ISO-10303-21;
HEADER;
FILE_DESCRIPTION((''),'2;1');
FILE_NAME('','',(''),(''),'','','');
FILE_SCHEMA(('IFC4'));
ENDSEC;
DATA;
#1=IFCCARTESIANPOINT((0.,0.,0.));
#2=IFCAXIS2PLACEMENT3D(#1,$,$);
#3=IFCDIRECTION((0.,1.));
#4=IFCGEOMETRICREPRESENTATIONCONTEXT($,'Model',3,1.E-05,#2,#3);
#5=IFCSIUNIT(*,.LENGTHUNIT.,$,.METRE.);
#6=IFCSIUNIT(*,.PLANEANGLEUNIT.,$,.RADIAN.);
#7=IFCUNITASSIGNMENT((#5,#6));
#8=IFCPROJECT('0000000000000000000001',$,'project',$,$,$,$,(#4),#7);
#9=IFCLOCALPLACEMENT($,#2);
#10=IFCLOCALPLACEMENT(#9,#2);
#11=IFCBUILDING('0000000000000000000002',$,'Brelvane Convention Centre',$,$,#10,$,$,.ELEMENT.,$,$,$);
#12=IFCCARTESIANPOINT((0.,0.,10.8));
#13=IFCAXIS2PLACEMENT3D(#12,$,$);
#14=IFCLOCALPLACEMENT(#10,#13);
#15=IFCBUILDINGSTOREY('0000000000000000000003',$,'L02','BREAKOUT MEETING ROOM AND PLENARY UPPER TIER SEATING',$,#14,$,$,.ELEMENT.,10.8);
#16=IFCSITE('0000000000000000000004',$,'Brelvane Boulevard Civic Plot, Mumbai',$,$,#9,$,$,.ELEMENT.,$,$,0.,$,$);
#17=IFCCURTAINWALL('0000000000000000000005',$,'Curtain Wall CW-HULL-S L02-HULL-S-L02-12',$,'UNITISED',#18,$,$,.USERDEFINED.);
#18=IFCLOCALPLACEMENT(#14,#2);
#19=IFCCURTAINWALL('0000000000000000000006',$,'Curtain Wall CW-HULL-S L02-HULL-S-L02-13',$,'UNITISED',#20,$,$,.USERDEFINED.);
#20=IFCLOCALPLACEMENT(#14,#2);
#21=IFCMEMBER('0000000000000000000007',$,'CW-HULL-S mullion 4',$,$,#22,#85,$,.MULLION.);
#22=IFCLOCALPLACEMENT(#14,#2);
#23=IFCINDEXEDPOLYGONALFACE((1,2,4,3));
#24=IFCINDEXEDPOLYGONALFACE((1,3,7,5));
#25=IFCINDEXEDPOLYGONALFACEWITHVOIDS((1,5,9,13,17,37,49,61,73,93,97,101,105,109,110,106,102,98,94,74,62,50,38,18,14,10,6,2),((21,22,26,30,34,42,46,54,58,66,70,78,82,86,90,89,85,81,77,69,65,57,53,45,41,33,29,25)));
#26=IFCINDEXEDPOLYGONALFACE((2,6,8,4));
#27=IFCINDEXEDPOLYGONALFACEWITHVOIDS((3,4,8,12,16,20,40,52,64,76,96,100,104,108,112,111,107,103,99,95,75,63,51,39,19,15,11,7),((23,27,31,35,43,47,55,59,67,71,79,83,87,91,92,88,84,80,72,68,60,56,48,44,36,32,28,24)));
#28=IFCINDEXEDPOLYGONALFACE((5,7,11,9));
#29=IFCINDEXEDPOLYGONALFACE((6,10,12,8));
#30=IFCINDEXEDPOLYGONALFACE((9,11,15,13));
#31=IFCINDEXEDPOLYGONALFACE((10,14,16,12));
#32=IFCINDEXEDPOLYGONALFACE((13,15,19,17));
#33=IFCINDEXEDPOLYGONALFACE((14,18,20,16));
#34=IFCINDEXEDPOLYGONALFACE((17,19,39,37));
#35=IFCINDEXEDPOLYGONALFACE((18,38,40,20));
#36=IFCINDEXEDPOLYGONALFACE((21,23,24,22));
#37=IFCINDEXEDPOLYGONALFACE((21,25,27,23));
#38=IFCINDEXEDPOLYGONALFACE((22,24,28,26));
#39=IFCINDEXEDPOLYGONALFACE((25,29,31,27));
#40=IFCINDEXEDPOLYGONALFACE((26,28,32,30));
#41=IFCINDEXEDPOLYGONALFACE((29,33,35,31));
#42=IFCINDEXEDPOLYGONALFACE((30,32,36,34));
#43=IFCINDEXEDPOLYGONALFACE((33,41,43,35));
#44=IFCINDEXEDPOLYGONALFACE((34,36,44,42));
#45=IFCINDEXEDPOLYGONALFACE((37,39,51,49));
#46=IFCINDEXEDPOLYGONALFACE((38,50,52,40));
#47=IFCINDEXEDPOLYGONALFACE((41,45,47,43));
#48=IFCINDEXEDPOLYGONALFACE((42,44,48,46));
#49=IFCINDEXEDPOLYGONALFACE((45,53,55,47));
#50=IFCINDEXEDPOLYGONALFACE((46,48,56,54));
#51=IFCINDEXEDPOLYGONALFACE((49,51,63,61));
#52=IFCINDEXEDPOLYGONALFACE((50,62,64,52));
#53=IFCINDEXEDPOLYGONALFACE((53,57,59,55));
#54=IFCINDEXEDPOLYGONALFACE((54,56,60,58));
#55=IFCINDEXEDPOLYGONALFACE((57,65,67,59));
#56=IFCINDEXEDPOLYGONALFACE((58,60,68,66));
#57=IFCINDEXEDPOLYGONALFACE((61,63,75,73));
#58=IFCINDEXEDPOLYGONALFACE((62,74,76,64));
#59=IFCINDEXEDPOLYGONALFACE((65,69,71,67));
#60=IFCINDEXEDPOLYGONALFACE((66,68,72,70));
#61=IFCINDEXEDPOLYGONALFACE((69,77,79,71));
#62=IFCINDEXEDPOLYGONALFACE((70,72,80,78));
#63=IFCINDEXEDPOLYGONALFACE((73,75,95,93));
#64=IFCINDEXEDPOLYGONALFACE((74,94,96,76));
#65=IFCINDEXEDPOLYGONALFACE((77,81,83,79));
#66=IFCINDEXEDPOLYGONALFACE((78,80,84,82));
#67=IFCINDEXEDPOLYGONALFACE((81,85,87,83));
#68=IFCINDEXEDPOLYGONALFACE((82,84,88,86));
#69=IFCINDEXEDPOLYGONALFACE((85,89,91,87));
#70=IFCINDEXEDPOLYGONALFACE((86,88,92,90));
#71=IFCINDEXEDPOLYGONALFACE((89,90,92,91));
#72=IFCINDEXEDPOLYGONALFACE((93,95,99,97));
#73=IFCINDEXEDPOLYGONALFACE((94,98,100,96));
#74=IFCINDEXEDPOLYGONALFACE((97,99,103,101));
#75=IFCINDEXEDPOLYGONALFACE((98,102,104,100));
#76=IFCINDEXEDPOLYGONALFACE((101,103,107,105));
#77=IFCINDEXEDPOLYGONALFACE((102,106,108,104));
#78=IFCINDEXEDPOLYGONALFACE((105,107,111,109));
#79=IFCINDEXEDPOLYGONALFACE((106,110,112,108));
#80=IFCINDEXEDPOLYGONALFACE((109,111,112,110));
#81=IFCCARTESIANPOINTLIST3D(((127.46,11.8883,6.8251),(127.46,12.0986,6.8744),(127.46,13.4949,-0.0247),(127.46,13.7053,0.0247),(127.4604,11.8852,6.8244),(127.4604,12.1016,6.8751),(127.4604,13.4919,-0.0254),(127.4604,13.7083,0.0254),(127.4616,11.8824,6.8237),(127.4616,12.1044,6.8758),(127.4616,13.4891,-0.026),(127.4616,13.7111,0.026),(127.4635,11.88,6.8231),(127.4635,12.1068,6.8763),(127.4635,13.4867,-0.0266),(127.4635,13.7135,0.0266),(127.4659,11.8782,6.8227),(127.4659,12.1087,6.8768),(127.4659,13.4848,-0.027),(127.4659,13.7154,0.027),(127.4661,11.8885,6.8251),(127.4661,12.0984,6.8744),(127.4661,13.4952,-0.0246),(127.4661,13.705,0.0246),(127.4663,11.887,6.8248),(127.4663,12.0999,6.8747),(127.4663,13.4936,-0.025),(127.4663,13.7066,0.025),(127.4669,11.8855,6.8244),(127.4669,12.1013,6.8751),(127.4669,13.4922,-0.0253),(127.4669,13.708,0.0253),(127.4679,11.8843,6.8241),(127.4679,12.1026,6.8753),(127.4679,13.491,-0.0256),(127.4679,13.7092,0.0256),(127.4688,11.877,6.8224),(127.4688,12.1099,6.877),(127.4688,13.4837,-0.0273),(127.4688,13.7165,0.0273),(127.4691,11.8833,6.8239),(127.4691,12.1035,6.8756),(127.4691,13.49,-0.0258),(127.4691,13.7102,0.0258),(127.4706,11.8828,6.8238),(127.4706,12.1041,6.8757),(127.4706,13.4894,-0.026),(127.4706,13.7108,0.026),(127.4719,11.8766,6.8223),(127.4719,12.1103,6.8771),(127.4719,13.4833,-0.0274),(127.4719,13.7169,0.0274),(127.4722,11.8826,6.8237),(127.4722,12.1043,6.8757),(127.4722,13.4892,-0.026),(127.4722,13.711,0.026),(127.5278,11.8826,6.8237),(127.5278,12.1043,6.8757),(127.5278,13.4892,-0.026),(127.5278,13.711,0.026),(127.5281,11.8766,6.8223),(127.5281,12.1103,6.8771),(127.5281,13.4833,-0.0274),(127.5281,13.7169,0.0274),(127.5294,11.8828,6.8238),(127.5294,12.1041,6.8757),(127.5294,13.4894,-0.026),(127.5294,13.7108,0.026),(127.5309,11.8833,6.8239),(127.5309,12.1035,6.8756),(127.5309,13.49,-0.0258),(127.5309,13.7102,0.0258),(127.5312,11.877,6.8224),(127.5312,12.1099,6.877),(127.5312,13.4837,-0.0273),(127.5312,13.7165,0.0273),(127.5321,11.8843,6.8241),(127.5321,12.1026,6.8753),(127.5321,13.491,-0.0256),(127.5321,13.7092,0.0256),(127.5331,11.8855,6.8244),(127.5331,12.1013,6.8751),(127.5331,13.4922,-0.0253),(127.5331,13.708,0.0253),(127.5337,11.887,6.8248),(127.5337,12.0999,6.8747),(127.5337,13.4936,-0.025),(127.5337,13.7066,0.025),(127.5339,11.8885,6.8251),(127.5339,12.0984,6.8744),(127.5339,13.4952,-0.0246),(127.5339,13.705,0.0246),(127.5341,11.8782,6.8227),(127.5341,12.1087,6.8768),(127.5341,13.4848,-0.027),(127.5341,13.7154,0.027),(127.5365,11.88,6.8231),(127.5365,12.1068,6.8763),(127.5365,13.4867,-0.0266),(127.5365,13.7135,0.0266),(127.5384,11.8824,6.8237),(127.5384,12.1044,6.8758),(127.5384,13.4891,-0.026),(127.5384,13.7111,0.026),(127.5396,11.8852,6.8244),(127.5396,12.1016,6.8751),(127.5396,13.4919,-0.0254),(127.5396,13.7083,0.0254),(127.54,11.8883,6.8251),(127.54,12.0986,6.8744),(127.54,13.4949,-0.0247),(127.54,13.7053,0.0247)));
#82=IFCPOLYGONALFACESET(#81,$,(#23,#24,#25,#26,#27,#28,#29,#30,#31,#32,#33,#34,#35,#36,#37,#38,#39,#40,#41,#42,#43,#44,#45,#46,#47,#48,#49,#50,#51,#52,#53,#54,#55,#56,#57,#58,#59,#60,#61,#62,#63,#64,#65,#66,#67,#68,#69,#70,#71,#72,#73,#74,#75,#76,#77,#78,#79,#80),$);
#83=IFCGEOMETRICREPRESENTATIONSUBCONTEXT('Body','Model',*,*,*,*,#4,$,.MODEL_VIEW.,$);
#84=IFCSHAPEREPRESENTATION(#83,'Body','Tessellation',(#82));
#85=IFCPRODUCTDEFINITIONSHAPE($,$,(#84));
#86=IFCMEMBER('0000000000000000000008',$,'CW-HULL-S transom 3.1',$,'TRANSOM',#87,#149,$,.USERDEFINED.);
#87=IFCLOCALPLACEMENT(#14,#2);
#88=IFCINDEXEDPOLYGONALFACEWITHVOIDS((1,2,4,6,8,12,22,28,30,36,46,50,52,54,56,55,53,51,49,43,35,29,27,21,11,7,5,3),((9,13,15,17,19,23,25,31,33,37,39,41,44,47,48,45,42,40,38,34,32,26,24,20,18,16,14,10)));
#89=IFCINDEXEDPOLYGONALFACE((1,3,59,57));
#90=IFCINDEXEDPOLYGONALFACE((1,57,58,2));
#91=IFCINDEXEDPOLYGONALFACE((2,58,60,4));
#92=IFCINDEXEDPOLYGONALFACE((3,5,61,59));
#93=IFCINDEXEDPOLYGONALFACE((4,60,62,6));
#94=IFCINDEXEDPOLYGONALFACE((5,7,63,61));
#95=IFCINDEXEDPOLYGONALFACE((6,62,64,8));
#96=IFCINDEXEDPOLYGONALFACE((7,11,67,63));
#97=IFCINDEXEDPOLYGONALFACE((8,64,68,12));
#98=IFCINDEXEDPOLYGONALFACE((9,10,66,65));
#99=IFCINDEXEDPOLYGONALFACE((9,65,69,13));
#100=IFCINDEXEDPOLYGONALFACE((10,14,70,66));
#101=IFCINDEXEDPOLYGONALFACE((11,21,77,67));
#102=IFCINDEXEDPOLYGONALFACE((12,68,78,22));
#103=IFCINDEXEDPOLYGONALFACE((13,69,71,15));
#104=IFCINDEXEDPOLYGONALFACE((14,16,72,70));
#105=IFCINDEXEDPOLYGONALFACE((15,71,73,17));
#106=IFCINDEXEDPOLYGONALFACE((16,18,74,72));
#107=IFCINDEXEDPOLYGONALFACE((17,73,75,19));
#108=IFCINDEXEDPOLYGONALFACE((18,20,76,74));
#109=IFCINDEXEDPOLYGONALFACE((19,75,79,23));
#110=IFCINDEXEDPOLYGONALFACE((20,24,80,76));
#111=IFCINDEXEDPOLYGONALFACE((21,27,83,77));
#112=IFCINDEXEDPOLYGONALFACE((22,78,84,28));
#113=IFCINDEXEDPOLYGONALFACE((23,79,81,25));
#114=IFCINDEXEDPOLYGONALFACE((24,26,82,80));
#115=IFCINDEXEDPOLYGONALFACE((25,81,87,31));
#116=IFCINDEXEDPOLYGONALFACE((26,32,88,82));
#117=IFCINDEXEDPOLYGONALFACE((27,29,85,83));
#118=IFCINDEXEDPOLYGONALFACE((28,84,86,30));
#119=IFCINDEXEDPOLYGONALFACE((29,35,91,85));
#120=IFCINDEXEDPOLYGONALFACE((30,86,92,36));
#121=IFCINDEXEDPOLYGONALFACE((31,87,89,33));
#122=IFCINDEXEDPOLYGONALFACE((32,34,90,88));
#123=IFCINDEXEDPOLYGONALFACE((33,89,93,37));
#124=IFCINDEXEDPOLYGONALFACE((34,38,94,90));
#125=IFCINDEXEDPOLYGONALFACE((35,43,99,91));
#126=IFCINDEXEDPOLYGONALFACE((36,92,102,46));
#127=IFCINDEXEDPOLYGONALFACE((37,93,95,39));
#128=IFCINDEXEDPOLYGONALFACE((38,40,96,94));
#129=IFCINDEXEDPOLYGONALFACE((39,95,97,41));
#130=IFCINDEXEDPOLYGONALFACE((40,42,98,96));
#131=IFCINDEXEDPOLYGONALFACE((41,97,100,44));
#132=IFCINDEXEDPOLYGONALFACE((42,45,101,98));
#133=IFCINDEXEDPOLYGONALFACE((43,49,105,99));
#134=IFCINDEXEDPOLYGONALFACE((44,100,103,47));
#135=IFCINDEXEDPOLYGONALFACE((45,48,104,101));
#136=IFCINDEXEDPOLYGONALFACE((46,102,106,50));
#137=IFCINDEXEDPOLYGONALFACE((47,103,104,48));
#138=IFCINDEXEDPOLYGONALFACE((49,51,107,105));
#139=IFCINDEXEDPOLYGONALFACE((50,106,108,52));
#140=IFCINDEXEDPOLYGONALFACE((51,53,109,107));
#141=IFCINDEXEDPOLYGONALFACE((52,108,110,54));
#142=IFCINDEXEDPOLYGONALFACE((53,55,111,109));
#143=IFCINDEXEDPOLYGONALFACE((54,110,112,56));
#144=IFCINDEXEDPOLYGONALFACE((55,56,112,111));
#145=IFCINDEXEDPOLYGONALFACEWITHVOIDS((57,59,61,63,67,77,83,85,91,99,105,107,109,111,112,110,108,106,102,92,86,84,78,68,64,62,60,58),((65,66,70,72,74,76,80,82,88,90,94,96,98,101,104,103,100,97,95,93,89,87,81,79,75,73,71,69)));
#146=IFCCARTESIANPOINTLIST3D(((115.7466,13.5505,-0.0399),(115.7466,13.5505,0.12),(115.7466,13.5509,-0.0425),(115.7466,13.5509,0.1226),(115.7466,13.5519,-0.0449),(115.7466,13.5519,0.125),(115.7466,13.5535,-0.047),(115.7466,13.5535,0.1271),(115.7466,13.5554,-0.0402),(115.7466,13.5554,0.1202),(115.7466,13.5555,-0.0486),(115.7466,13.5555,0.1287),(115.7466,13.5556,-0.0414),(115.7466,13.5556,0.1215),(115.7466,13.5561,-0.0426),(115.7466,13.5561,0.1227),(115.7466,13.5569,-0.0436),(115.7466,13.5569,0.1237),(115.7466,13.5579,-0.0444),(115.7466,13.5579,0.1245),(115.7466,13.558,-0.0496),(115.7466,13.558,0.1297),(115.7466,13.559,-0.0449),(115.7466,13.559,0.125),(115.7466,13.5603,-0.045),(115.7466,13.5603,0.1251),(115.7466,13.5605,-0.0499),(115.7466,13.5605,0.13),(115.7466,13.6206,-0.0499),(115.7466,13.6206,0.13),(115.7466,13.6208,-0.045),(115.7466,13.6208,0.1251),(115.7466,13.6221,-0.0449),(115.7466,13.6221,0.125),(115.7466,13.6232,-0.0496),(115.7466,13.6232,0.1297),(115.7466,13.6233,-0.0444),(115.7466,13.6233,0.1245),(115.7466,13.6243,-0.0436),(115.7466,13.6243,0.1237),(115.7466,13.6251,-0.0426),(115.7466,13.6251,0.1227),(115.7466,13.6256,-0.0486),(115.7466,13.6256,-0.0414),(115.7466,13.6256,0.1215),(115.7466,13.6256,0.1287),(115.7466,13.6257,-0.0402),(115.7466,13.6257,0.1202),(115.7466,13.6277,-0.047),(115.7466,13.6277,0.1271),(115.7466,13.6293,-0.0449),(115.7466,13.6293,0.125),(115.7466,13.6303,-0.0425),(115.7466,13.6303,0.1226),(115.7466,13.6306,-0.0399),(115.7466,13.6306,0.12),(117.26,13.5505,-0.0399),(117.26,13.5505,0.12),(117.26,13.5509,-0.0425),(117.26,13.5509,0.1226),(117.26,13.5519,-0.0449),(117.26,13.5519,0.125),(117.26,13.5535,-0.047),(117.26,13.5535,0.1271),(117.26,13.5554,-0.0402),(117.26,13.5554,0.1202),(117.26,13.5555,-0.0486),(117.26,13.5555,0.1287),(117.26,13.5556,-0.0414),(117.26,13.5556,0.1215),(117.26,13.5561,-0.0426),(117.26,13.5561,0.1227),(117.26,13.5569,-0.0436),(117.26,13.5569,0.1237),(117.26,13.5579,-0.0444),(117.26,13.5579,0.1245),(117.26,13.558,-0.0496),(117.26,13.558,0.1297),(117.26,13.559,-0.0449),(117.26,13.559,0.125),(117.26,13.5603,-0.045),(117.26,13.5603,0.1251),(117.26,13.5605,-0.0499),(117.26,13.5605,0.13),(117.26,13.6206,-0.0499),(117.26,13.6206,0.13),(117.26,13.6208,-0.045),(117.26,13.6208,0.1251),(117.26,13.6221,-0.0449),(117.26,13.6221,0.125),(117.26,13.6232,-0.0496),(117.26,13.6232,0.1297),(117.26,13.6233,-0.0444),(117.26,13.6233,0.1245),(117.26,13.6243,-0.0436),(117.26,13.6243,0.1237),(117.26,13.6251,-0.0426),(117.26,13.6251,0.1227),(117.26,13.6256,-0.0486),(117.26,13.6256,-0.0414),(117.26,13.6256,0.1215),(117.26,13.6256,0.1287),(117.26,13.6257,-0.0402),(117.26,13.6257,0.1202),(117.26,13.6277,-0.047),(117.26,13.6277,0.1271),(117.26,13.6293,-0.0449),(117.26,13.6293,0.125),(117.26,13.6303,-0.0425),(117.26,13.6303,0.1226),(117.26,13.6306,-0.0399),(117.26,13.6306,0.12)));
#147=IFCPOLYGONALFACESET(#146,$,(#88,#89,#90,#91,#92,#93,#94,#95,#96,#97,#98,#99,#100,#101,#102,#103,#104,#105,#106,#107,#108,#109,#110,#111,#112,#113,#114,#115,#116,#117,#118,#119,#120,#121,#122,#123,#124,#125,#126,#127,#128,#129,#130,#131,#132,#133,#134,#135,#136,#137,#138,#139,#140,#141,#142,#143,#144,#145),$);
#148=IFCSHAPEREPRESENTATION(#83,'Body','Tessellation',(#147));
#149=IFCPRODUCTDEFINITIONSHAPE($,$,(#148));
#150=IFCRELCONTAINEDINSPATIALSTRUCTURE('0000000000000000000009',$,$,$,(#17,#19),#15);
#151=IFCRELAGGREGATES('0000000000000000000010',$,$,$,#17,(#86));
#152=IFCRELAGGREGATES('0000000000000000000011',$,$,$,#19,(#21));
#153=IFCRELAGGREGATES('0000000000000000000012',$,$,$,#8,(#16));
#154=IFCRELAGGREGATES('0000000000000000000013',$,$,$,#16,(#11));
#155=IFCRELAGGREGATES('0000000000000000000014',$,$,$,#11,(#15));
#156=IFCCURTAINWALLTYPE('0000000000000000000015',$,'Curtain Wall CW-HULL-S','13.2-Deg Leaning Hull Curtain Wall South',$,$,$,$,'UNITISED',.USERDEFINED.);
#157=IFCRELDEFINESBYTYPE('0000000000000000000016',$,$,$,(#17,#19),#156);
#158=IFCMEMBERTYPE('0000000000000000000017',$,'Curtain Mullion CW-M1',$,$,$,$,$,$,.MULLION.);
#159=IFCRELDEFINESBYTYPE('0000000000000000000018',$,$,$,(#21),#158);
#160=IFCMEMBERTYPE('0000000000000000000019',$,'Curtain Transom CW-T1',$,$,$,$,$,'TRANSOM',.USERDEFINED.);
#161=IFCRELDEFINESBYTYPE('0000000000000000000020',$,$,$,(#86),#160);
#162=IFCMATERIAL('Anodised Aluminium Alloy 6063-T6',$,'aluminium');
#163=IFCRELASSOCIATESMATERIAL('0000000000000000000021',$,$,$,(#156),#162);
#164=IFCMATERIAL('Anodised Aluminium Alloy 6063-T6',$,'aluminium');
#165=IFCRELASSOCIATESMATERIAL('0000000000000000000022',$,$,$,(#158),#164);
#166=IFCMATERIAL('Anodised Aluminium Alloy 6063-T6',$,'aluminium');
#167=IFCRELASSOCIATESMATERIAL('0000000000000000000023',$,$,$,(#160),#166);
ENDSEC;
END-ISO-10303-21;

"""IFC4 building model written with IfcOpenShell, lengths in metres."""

from ifc_helpers import new_model, si_unit, direction, frame, origin, origin_2d, place, context, subcontext, project, spatial, hollow_rectangle, extrude, material, material_profile, profile_set, type_object, element, aggregate, save


model = new_model("IFC4")

# Units and contexts
model_context = context("Model", 3, precision=1e-05, world=origin(), true_north=direction((0.0, 1.0)))
body_context = subcontext(model_context, "Body", "Model", "MODEL_VIEW")
ifc_project = project(units=[si_unit("LENGTHUNIT", "METRE"), si_unit("PLANEANGLEUNIT", "RADIAN")], contexts=[model_context])

# Site, building, storey
site_placement = place(None, origin())
site = spatial("IfcSite", under=ifc_project, at=site_placement, Name="Brelvane Boulevard Civic Plot, Mumbai", CompositionType="ELEMENT", RefElevation=0.0)
building_placement = place(site_placement, origin())
building = spatial("IfcBuilding", under=site, at=building_placement, Name="Brelvane Convention Centre", CompositionType="ELEMENT")
storey_placement = place(building_placement, frame((0.0, 0.0, 10.8)))
storey = spatial("IfcBuildingStorey", under=building, at=storey_placement, Name="L02", Description="BREAKOUT MEETING ROOM AND PLENARY UPPER TIER SEATING", CompositionType="ELEMENT", Elevation=10.8)

# Curtain walls, member
ifc_material_1 = material(Name="Anodised Aluminium Alloy 6063-T6", Category="aluminium")
curtain_wall_type = type_object("IfcCurtainWallType", Name="Curtain Wall CW-HULL-S", Description="13.2-Deg Leaning Hull Curtain Wall South", ElementType="UNITISED", PredefinedType="USERDEFINED", material=ifc_material_1)
curtain_wall_1_placement = place(storey_placement, origin())
curtain_wall_1 = element("IfcCurtainWall", 1, at=curtain_wall_1_placement, inside=storey, type_object=curtain_wall_type, Name="Curtain Wall CW-HULL-S L02-HULL-S-L02-12", ObjectType="UNITISED", PredefinedType="USERDEFINED")
ifc_material_2 = material(Name="Anodised Aluminium Alloy 6063-T6", Category="aluminium")
ifc_material_profile_1 = material_profile(ifc_material_2, hollow_rectangle(XDim=0.0801, YDim=0.24, WallThickness=0.0061, InnerFilletRadius=0.0061, OuterFilletRadius=0.012, at=origin_2d()), Name="ALU-M 240x80x6.0")
ifc_profile_set_1 = profile_set([ifc_material_profile_1], Name="Anodised Aluminium Alloy 6063-T6")
member_type_1 = type_object("IfcMemberType", Name="Curtain Mullion CW-M1", PredefinedType="MULLION", material=ifc_profile_set_1)
curtain_wall_2_placement = place(storey_placement, origin())
curtain_wall_2 = element("IfcCurtainWall", 2, at=curtain_wall_2_placement, inside=storey, type_object=curtain_wall_type, Name="Curtain Wall CW-HULL-S L02-HULL-S-L02-13", ObjectType="UNITISED", PredefinedType="USERDEFINED")
member_1_placement = place(storey_placement, frame((127.5, 13.6001, 0.0), z_axis=(0.0, -0.22836, 0.973577), x_axis=(1.0, 0.0, 0.0)))
member_1 = element("IfcMember", 3, at=member_1_placement, type_object=member_type_1, Name="CW-HULL-S mullion 4", PredefinedType="MULLION", context=body_context, shape_type="SweptSolid", body=[
    extrude(hollow_rectangle(XDim=0.0801, YDim=0.24, WallThickness=0.0061, InnerFilletRadius=0.0061, OuterFilletRadius=0.012, at=origin_2d()), origin(), (0.0, 0.0, 1.0), 7.0356),
])

# Member
ifc_material_3 = material(Name="Anodised Aluminium Alloy 6063-T6", Category="aluminium")
ifc_material_profile_2 = material_profile(ifc_material_3, hollow_rectangle(XDim=0.0801, YDim=0.1799, WallThickness=0.0049, InnerFilletRadius=0.0049, OuterFilletRadius=0.01, at=origin_2d()), Name="ALU-T 180x80x5.0")
ifc_profile_set_2 = profile_set([ifc_material_profile_2], Name="Anodised Aluminium Alloy 6063-T6")
member_type_2 = type_object("IfcMemberType", Name="Curtain Transom CW-T1", ElementType="TRANSOM", PredefinedType="USERDEFINED", material=ifc_profile_set_2)
member_2_placement = place(storey_placement, frame((115.7466, 13.5906, 0.04), z_axis=(1.0, 0.0, 0.0), x_axis=(0.0, 1.0, 0.0)))
member_2 = element("IfcMember", 4, at=member_2_placement, type_object=member_type_2, Name="CW-HULL-S transom 3.1", ObjectType="TRANSOM", PredefinedType="USERDEFINED", context=body_context, shape_type="SweptSolid", body=[
    extrude(hollow_rectangle(XDim=0.0801, YDim=0.1799, WallThickness=0.0049, InnerFilletRadius=0.0049, OuterFilletRadius=0.01, at=origin_2d()), origin(), (0.0, 0.0, 1.0), 1.5134),
])

aggregate(curtain_wall_1, [member_2])
aggregate(curtain_wall_2, [member_1])

save(model, "model.ifc")
